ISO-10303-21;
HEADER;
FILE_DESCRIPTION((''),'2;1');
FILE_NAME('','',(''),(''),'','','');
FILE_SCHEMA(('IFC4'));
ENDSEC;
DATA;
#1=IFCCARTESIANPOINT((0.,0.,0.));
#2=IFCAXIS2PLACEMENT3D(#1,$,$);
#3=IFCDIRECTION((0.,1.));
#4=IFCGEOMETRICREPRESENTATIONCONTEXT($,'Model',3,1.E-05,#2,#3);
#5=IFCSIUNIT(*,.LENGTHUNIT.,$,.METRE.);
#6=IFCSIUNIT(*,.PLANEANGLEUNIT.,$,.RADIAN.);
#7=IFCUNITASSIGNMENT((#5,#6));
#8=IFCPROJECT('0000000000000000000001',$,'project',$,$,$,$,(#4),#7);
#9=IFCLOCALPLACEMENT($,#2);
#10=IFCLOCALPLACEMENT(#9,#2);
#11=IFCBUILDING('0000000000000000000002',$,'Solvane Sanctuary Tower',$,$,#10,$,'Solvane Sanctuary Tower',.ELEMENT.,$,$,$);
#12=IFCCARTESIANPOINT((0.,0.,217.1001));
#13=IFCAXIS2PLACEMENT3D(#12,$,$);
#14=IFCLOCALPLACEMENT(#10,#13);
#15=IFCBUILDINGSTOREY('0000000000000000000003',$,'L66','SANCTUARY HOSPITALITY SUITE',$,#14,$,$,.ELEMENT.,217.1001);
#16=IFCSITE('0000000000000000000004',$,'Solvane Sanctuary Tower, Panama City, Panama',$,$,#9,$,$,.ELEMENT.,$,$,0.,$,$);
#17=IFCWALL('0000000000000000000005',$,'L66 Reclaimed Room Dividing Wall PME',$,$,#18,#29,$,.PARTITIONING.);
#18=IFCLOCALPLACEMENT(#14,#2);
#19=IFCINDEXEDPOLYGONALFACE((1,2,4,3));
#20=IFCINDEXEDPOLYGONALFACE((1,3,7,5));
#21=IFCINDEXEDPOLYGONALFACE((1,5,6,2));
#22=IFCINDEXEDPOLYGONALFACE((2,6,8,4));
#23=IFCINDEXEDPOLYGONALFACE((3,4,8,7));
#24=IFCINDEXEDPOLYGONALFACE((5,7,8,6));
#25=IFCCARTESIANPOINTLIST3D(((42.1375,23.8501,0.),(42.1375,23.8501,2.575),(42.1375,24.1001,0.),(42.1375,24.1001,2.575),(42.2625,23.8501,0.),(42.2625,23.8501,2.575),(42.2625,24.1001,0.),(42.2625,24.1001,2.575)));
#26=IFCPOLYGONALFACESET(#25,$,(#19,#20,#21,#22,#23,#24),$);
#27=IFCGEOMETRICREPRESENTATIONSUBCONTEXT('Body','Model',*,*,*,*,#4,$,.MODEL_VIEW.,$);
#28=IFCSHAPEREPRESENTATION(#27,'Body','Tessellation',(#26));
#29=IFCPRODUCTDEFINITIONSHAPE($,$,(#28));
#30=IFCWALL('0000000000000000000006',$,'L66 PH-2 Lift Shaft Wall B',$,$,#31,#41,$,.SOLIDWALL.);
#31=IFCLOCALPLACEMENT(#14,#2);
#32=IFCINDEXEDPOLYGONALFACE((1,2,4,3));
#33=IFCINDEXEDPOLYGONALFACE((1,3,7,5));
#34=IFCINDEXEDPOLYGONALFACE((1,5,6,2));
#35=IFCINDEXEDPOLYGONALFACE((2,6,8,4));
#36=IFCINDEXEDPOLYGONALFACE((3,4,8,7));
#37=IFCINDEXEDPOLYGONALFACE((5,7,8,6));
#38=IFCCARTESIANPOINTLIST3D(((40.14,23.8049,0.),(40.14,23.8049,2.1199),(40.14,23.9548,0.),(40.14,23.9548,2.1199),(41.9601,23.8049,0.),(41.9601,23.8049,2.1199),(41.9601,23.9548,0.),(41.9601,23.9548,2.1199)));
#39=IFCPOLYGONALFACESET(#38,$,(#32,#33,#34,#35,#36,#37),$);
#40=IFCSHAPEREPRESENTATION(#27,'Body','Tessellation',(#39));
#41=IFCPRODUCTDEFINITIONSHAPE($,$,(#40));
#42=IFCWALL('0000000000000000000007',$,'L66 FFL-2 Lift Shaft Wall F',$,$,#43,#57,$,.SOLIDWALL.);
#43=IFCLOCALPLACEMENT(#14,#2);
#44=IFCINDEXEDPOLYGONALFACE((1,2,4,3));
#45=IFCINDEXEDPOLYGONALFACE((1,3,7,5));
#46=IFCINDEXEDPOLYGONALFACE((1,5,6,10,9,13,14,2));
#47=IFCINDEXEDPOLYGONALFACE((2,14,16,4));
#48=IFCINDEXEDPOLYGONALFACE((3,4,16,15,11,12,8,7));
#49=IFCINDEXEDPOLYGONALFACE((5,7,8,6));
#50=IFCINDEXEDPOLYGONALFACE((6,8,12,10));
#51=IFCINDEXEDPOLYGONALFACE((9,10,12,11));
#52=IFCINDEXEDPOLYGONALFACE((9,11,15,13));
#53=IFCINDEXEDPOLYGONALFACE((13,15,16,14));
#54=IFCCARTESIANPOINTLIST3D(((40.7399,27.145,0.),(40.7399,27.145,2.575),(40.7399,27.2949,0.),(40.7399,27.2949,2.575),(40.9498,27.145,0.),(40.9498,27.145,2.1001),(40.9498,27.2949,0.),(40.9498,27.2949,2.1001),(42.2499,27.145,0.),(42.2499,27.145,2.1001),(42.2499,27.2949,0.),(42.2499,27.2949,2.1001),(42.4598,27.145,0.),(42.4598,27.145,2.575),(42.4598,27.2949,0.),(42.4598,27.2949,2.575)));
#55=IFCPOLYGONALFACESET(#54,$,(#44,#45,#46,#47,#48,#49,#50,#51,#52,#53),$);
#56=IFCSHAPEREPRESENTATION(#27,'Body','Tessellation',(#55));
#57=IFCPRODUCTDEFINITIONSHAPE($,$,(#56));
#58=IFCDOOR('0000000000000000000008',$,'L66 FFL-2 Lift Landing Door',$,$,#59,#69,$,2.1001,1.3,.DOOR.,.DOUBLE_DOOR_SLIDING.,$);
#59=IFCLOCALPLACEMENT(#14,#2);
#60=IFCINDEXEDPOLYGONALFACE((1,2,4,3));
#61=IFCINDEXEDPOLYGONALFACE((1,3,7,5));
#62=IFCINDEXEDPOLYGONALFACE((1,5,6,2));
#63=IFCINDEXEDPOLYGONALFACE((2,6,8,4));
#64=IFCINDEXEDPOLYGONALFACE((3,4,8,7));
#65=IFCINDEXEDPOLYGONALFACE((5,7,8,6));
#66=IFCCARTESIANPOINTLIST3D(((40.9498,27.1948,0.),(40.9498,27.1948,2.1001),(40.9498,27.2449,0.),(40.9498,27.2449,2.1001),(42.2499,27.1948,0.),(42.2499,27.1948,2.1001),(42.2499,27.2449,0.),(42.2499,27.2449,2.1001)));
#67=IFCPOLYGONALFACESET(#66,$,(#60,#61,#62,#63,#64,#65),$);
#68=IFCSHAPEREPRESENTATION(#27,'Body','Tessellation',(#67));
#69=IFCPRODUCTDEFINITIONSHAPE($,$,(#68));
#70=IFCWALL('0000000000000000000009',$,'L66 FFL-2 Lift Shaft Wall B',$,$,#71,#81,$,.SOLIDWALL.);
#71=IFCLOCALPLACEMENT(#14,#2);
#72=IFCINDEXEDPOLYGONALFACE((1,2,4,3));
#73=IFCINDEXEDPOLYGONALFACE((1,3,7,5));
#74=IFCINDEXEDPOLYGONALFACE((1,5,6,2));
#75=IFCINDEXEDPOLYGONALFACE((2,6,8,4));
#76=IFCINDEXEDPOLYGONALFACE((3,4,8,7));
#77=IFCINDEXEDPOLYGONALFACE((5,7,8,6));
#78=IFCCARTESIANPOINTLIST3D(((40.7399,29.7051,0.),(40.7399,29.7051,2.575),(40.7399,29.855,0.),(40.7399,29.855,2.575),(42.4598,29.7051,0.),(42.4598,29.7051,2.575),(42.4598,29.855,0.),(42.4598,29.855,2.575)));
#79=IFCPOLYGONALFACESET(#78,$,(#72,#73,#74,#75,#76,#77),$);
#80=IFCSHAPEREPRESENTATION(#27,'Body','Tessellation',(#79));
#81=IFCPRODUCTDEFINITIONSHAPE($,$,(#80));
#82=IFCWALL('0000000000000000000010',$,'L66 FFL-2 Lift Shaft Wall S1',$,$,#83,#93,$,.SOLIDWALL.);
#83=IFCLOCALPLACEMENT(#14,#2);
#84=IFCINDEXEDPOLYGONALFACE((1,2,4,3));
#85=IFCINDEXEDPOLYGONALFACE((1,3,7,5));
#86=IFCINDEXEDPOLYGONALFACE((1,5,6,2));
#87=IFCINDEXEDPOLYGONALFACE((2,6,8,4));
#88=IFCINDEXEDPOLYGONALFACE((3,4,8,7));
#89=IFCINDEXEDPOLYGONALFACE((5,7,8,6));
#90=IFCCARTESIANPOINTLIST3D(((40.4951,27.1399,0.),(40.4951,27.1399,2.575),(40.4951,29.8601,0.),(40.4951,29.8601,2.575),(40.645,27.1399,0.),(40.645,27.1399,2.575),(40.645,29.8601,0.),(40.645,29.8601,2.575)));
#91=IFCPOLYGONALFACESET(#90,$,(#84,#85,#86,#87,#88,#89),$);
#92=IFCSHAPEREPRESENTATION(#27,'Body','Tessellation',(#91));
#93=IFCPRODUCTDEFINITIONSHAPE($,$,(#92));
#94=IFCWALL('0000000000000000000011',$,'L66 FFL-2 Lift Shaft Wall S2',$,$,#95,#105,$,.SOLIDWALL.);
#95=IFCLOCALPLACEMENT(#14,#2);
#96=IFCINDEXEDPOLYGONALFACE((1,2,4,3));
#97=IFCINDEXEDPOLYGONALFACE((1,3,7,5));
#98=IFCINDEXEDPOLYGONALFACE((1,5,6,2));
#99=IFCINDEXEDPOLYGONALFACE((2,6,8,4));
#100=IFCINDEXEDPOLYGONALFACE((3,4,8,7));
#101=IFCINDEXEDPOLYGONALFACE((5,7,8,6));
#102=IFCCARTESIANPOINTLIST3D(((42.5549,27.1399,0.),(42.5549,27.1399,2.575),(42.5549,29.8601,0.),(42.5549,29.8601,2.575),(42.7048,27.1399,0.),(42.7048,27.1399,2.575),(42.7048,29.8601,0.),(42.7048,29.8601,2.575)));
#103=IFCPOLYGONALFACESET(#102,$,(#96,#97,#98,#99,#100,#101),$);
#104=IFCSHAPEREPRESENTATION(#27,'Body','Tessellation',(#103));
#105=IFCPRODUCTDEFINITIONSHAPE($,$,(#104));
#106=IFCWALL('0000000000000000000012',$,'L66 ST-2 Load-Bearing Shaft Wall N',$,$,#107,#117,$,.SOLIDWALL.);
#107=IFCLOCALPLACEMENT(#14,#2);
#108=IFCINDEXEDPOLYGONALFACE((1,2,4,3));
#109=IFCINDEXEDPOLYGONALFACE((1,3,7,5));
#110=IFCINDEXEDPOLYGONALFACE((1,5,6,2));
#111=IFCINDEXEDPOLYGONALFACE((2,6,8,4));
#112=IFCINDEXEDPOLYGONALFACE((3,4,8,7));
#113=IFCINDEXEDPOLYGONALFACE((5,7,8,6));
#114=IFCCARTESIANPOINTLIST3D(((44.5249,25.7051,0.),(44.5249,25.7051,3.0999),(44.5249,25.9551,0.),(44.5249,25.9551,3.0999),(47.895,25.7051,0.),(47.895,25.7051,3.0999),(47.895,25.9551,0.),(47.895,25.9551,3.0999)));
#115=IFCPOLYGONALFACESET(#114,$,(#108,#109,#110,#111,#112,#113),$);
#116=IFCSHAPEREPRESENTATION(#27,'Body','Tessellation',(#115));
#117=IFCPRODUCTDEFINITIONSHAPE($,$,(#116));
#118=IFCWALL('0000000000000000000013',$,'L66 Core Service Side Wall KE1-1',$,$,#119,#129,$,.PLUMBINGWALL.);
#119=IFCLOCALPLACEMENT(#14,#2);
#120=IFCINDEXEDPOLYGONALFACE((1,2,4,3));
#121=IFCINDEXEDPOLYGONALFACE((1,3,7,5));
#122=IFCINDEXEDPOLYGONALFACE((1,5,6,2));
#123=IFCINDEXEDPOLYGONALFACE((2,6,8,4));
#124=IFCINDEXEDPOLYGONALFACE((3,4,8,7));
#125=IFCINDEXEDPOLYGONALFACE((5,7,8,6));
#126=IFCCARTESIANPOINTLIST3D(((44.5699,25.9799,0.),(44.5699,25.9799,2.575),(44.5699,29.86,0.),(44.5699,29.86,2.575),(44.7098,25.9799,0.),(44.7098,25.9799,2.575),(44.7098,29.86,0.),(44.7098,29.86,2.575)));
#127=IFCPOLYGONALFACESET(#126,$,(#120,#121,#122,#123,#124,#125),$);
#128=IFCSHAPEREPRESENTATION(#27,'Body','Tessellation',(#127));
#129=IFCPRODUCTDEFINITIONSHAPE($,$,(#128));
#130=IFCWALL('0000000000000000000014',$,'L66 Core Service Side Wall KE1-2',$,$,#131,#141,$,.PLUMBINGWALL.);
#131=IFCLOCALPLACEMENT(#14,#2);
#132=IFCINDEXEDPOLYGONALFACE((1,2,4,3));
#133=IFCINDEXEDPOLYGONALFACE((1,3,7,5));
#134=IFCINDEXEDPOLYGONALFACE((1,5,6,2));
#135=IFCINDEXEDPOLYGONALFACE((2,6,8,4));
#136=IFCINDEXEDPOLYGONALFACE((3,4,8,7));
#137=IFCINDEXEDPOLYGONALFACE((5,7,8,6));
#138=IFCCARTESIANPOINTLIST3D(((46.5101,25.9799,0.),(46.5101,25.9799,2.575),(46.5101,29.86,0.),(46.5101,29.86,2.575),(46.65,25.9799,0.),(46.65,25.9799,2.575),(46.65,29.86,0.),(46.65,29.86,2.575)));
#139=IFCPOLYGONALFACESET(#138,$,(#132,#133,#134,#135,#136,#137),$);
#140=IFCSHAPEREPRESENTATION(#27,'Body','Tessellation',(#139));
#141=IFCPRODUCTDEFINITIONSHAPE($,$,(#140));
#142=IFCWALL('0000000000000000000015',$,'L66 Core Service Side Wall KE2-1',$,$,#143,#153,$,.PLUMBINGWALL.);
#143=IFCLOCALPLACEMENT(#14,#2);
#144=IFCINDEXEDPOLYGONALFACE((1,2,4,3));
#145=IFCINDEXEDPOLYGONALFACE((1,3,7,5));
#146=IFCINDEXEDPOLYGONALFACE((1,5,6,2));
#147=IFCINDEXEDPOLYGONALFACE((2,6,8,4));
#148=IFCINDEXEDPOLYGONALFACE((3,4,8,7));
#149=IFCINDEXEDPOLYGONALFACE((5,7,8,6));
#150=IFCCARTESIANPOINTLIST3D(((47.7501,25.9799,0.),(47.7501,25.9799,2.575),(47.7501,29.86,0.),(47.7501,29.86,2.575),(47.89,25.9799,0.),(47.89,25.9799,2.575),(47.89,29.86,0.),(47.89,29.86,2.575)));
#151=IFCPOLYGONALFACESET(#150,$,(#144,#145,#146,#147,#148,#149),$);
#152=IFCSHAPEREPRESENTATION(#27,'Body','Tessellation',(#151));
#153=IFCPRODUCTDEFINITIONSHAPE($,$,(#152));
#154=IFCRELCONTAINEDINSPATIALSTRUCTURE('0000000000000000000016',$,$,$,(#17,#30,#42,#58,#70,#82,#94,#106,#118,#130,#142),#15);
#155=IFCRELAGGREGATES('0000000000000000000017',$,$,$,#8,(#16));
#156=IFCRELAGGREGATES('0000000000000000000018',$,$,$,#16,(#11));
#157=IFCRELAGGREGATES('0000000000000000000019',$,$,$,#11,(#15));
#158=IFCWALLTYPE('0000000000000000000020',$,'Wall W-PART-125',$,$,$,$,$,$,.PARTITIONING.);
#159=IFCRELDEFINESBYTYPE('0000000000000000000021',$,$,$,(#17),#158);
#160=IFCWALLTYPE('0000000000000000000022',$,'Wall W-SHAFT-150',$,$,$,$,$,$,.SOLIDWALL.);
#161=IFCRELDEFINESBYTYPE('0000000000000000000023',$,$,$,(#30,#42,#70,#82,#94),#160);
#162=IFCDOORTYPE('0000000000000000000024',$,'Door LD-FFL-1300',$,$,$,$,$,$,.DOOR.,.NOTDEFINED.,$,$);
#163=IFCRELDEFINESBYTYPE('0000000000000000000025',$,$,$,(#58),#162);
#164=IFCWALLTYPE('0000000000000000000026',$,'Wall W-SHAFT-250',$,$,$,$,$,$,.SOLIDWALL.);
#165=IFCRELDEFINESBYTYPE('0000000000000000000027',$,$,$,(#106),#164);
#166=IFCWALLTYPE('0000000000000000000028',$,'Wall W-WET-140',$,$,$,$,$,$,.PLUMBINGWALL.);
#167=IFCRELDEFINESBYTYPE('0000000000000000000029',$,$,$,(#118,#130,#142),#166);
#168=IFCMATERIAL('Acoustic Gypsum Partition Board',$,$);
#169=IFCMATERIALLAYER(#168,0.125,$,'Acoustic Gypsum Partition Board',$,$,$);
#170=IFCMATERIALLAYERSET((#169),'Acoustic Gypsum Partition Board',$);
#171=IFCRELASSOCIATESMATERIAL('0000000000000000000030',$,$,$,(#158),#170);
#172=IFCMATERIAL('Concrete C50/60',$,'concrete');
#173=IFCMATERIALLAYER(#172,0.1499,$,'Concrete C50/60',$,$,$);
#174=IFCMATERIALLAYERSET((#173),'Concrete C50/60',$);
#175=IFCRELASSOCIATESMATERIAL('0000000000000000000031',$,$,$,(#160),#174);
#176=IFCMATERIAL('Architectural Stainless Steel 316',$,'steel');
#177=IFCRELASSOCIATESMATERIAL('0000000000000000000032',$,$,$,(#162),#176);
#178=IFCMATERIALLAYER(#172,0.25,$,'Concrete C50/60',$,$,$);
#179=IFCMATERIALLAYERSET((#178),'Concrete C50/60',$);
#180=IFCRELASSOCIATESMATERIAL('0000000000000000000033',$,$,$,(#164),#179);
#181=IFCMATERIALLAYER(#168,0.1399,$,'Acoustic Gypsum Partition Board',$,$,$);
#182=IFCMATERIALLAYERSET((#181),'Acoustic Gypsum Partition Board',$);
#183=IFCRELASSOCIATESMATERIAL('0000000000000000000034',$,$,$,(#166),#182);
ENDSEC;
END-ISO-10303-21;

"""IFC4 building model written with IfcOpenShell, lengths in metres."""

from ifc_helpers import new_model, si_unit, direction, frame, frame_2d, origin, place, context, subcontext, project, spatial, rectangle, extrude, material, layer, layer_set, type_object, element, fill, save


model = new_model("IFC4")

# Units and contexts
model_context = context("Model", 3, precision=1e-05, world=origin(), true_north=direction((0.0, 1.0)))
body_context = subcontext(model_context, "Body", "Model", "MODEL_VIEW")
ifc_project = project(units=[si_unit("LENGTHUNIT", "METRE"), si_unit("PLANEANGLEUNIT", "RADIAN")], contexts=[model_context])

# Site, building, storey
site_placement = place(None, origin())
site = spatial("IfcSite", under=ifc_project, at=site_placement, Name="Solvane Sanctuary Tower, Panama City, Panama", CompositionType="ELEMENT", RefElevation=0.0)
building_placement = place(site_placement, origin())
building = spatial("IfcBuilding", under=site, at=building_placement, Name="Solvane Sanctuary Tower", LongName="Solvane Sanctuary Tower", CompositionType="ELEMENT")
storey_placement = place(building_placement, frame((0.0, 0.0, 217.1001)))
storey = spatial("IfcBuildingStorey", under=building, at=storey_placement, Name="L66", Description="SANCTUARY HOSPITALITY SUITE", CompositionType="ELEMENT", Elevation=217.1001)

# Walls
ifc_material_1 = material(Name="Acoustic Gypsum Partition Board")
ifc_layer_1 = layer(ifc_material_1, 0.125, Name="Acoustic Gypsum Partition Board")
ifc_layer_set_1 = layer_set([ifc_layer_1], Name="Acoustic Gypsum Partition Board")
wall_type_1 = type_object("IfcWallType", Name="Wall W-PART-125", PredefinedType="PARTITIONING", material=ifc_layer_set_1)
wall_1_placement = place(storey_placement, frame((42.2, 23.8501, 0.0), z_axis=(0.0, 0.0, 1.0), x_axis=(0.0, 1.0, 0.0)))
element("IfcWall", 1, at=wall_1_placement, inside=storey, type_object=wall_type_1, Name="L66 Reclaimed Room Dividing Wall PME", PredefinedType="PARTITIONING", context=body_context, shape_type="SweptSolid", body=[
    extrude(rectangle(XDim=0.25, YDim=0.125, at=frame_2d((0.125, 0.0))), origin(), (0.0, 0.0, 1.0), 2.575),
])
ifc_material_2 = material(Name="Concrete C50/60", Category="concrete")
ifc_layer_2 = layer(ifc_material_2, 0.1499, Name="Concrete C50/60")
ifc_layer_set_2 = layer_set([ifc_layer_2], Name="Concrete C50/60")
wall_type_2 = type_object("IfcWallType", Name="Wall W-SHAFT-150", PredefinedType="SOLIDWALL", material=ifc_layer_set_2)
wall_2_placement = place(storey_placement, frame((40.1399, 23.8799, 0.0), z_axis=(0.0, 0.0, 1.0), x_axis=(1.0, 0.0, 0.0)))
element("IfcWall", 2, at=wall_2_placement, inside=storey, type_object=wall_type_2, Name="L66 PH-2 Lift Shaft Wall B", PredefinedType="SOLIDWALL", context=body_context, shape_type="SweptSolid", body=[
    extrude(rectangle(XDim=1.8201, YDim=0.1499, at=frame_2d((0.9102, 0.0))), origin(), (0.0, 0.0, 1.0), 2.1199),
])

# Wall, opening, door
wall_3_placement = place(storey_placement, frame((40.74, 27.22, 0.0), z_axis=(0.0, 0.0, 1.0), x_axis=(1.0, 0.0, 0.0)))
wall_3 = element("IfcWall", 3, at=wall_3_placement, inside=storey, type_object=wall_type_2, Name="L66 FFL-2 Lift Shaft Wall F", PredefinedType="SOLIDWALL", context=body_context, shape_type="SweptSolid", body=[
    extrude(rectangle(XDim=1.72, YDim=0.1499, at=frame_2d((0.8599, 0.0))), origin(), (0.0, 0.0, 1.0), 2.575),
])
opening_placement = place(wall_3_placement, frame((0.21, 0.0, 0.0)))
opening = element("IfcOpeningElement", 4, at=opening_placement, cuts=wall_3, PredefinedType="OPENING", context=body_context, shape_type="SweptSolid", body=[
    extrude(rectangle(XDim=1.3, YDim=2.1001, at=frame_2d((0.6499, 1.05))), frame((0.0, 0.085, 0.0), z_axis=(0.0, -1.0, 0.0), x_axis=(1.0, 0.0, 0.0)), (0.0, 0.0, 1.0), 0.1699),
])
ifc_material_3 = material(Name="Architectural Stainless Steel 316", Category="steel")
door_type = type_object("IfcDoorType", Name="Door LD-FFL-1300", OperationType="NOTDEFINED", PredefinedType="DOOR", material=ifc_material_3)
door_placement = place(opening_placement, origin())
door = element("IfcDoor", 5, at=door_placement, inside=storey, type_object=door_type, Name="L66 FFL-2 Lift Landing Door", OperationType="DOUBLE_DOOR_SLIDING", OverallHeight=2.1001, OverallWidth=1.3, PredefinedType="DOOR", context=body_context, shape_type="SweptSolid", body=[
    extrude(rectangle(XDim=1.3, YDim=2.1001, at=frame_2d((0.6499, 1.05))), frame((0.0, 0.0249, 0.0), z_axis=(0.0, -1.0, 0.0), x_axis=(1.0, 0.0, 0.0)), (0.0, 0.0, 1.0), 0.05),
])
fill(opening, door)

# Walls
wall_4_placement = place(storey_placement, frame((40.74, 29.78, 0.0), z_axis=(0.0, 0.0, 1.0), x_axis=(1.0, 0.0, 0.0)))
element("IfcWall", 6, at=wall_4_placement, inside=storey, type_object=wall_type_2, Name="L66 FFL-2 Lift Shaft Wall B", PredefinedType="SOLIDWALL", context=body_context, shape_type="SweptSolid", body=[
    extrude(rectangle(XDim=1.72, YDim=0.1499, at=frame_2d((0.8599, 0.0))), origin(), (0.0, 0.0, 1.0), 2.575),
])
for number, where, z_axis, x_axis, name in (
    (7, (40.5701, 27.1399, 0.0), (0.0, 0.0, 1.0), (0.0, 1.0, 0.0), "L66 FFL-2 Lift Shaft Wall S1"),
    (8, (42.6299, 27.1399, 0.0), (0.0, 0.0, 1.0), (0.0, 1.0, 0.0), "L66 FFL-2 Lift Shaft Wall S2"),
):
    element("IfcWall", number, at=place(storey_placement, frame(where, z_axis=z_axis, x_axis=x_axis)), inside=storey, type_object=wall_type_2, Name=name, PredefinedType="SOLIDWALL", context=body_context, shape_type="SweptSolid", body=[
        extrude(rectangle(XDim=2.7202, YDim=0.1499, at=frame_2d((1.3601, 0.0))), origin(), (0.0, 0.0, 1.0), 2.575),
    ])
ifc_layer_3 = layer(ifc_material_2, 0.25, Name="Concrete C50/60")
ifc_layer_set_3 = layer_set([ifc_layer_3], Name="Concrete C50/60")
wall_type_3 = type_object("IfcWallType", Name="Wall W-SHAFT-250", PredefinedType="SOLIDWALL", material=ifc_layer_set_3)
wall_5_placement = place(storey_placement, frame((44.5249, 25.8301, 0.0), z_axis=(0.0, 0.0, 1.0), x_axis=(1.0, 0.0, 0.0)))
element("IfcWall", 9, at=wall_5_placement, inside=storey, type_object=wall_type_3, Name="L66 ST-2 Load-Bearing Shaft Wall N", PredefinedType="SOLIDWALL", context=body_context, shape_type="SweptSolid", body=[
    extrude(rectangle(XDim=3.3701, YDim=0.25, at=frame_2d((1.6851, 0.0))), origin(), (0.0, 0.0, 1.0), 3.0999),
])
ifc_layer_4 = layer(ifc_material_1, 0.1399, Name="Acoustic Gypsum Partition Board")
ifc_layer_set_4 = layer_set([ifc_layer_4], Name="Acoustic Gypsum Partition Board")
wall_type_4 = type_object("IfcWallType", Name="Wall W-WET-140", PredefinedType="PLUMBINGWALL", material=ifc_layer_set_4)
for number, where, z_axis, x_axis, name in (
    (10, (44.6399, 25.98, 0.0), (0.0, 0.0, 1.0), (0.0, 1.0, 0.0), "L66 Core Service Side Wall KE1-1"),
    (11, (46.5801, 25.98, 0.0), (0.0, 0.0, 1.0), (0.0, 1.0, 0.0), "L66 Core Service Side Wall KE1-2"),
    (12, (47.8201, 25.98, 0.0), (0.0, 0.0, 1.0), (0.0, 1.0, 0.0), "L66 Core Service Side Wall KE2-1"),
):
    element("IfcWall", number, at=place(storey_placement, frame(where, z_axis=z_axis, x_axis=x_axis)), inside=storey, type_object=wall_type_4, Name=name, PredefinedType="PLUMBINGWALL", context=body_context, shape_type="SweptSolid", body=[
        extrude(rectangle(XDim=3.8801, YDim=0.1399, at=frame_2d((1.9399, 0.0))), origin(), (0.0, 0.0, 1.0), 2.575),
    ])

save(model, "model.ifc")
